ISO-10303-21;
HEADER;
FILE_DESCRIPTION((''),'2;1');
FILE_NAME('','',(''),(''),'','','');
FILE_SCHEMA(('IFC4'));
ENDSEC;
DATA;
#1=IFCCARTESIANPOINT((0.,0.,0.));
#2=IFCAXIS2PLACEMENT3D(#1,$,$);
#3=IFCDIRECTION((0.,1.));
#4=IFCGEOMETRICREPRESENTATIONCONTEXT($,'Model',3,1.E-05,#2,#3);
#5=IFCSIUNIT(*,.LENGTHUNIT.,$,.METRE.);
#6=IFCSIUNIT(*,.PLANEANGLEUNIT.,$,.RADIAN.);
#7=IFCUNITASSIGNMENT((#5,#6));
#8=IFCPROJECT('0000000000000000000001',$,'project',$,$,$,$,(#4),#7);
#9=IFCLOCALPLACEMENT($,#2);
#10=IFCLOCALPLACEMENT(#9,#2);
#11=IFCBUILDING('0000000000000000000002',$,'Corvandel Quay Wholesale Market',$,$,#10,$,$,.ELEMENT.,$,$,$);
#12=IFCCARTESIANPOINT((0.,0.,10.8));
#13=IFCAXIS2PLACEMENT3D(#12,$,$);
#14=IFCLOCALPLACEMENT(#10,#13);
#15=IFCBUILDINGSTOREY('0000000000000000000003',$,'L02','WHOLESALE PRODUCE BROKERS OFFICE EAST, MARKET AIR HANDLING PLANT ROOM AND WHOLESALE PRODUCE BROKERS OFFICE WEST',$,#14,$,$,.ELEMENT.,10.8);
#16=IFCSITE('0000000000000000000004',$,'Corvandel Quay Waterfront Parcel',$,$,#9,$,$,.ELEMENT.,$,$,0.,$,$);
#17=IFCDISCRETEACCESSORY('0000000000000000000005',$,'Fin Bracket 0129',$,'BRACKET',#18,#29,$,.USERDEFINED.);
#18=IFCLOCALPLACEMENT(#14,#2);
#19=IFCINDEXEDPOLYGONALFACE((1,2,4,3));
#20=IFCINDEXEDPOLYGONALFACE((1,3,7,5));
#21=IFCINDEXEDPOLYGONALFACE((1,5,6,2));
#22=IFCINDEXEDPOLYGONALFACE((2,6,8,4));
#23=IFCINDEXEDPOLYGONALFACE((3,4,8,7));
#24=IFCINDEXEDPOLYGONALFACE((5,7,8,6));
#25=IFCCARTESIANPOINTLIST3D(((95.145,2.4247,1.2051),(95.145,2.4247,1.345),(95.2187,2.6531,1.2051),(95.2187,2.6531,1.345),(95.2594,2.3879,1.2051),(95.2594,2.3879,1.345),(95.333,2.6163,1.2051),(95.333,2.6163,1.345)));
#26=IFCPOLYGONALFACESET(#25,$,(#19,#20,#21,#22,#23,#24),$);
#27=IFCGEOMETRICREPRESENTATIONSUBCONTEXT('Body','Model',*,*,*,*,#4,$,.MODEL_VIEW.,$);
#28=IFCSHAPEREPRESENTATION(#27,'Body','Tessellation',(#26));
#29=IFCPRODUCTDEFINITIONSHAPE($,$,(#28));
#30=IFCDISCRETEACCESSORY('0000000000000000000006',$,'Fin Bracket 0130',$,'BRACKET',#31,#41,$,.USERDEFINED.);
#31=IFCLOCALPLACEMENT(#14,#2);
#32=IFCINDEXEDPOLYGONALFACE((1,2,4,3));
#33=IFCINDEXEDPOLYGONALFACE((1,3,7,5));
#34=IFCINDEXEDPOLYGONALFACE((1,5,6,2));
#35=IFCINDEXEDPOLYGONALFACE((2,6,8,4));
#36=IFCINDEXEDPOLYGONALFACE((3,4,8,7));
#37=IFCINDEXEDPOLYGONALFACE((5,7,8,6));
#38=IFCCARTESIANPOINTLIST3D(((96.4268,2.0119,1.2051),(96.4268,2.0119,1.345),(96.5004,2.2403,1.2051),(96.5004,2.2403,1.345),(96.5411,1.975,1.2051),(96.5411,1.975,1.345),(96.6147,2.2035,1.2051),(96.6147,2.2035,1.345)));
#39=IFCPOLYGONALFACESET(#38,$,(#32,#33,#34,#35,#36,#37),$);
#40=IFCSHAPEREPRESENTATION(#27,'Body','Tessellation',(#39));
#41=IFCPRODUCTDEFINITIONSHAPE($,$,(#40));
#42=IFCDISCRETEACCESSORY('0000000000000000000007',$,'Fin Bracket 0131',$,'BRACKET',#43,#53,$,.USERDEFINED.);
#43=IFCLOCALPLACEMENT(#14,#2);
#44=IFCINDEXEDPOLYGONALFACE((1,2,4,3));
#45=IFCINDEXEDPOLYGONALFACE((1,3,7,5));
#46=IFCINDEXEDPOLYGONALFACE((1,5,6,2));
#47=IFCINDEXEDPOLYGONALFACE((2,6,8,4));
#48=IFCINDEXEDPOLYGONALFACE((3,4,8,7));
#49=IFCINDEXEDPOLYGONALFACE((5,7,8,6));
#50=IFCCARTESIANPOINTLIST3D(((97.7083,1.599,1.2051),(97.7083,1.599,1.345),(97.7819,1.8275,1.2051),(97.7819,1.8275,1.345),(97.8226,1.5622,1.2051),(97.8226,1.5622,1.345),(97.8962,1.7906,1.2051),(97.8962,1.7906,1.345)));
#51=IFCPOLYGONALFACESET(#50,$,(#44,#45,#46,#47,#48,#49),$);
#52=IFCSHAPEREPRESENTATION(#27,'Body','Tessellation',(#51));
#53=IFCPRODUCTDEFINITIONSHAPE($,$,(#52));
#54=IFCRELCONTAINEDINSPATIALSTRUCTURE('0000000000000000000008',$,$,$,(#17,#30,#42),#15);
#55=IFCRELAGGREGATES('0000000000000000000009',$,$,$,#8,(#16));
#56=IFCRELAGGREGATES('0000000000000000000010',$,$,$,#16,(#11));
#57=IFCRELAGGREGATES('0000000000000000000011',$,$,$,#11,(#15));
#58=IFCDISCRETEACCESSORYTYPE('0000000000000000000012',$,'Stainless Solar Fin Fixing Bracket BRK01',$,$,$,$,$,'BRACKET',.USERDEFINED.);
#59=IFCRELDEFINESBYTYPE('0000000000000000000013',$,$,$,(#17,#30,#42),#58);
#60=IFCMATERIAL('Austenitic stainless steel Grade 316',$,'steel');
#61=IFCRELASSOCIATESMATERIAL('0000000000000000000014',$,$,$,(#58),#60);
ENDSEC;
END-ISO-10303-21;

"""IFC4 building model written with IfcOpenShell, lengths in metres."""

from ifc_helpers import new_model, si_unit, direction, frame, origin, origin_2d, place, context, subcontext, project, spatial, rectangle, extrude, material, type_object, element, save


model = new_model("IFC4")

# Units and contexts
model_context = context("Model", 3, precision=1e-05, world=origin(), true_north=direction((0.0, 1.0)))
body_context = subcontext(model_context, "Body", "Model", "MODEL_VIEW")
ifc_project = project(units=[si_unit("LENGTHUNIT", "METRE"), si_unit("PLANEANGLEUNIT", "RADIAN")], contexts=[model_context])

# Site, building, storey
site_placement = place(None, origin())
site = spatial("IfcSite", under=ifc_project, at=site_placement, Name="Corvandel Quay Waterfront Parcel", CompositionType="ELEMENT", RefElevation=0.0)
building_placement = place(site_placement, origin())
building = spatial("IfcBuilding", under=site, at=building_placement, Name="Corvandel Quay Wholesale Market", CompositionType="ELEMENT")
storey_placement = place(building_placement, frame((0.0, 0.0, 10.8)))
storey = spatial("IfcBuildingStorey", under=building, at=storey_placement, Name="L02", Description="WHOLESALE PRODUCE BROKERS OFFICE EAST, MARKET AIR HANDLING PLANT ROOM AND WHOLESALE PRODUCE BROKERS OFFICE WEST", CompositionType="ELEMENT", Elevation=10.8)

# Discrete accessories
ifc_material_1 = material(Name="Austenitic stainless steel Grade 316", Category="steel")
discrete_accessory_type = type_object("IfcDiscreteAccessoryType", Name="Stainless Solar Fin Fixing Bracket BRK01", ElementType="BRACKET", PredefinedType="USERDEFINED", material=ifc_material_1)
for number, where, z_axis, x_axis, name in (
    (1, (95.239, 2.5205, 1.2051), (0.0, 0.0, 1.0), (0.306692, 0.951809, 0.0), "Fin Bracket 0129"),
    (2, (96.5208, 2.1077, 1.2051), (0.0, 0.0, 1.0), (0.306692, 0.951809, 0.0), "Fin Bracket 0130"),
    (3, (97.8022, 1.6948, 1.2051), (0.0, 0.0, 1.0), (0.306692, 0.951809, 0.0), "Fin Bracket 0131"),
):
    element("IfcDiscreteAccessory", number, at=place(storey_placement, frame(where, z_axis=z_axis, x_axis=x_axis)), inside=storey, type_object=discrete_accessory_type, Name=name, ObjectType="BRACKET", PredefinedType="USERDEFINED", context=body_context, shape_type="SweptSolid", body=[
        extrude(rectangle(XDim=0.24, YDim=0.1201, at=origin_2d()), origin(), (0.0, 0.0, 1.0), 0.1399),
    ])

save(model, "model.ifc")
